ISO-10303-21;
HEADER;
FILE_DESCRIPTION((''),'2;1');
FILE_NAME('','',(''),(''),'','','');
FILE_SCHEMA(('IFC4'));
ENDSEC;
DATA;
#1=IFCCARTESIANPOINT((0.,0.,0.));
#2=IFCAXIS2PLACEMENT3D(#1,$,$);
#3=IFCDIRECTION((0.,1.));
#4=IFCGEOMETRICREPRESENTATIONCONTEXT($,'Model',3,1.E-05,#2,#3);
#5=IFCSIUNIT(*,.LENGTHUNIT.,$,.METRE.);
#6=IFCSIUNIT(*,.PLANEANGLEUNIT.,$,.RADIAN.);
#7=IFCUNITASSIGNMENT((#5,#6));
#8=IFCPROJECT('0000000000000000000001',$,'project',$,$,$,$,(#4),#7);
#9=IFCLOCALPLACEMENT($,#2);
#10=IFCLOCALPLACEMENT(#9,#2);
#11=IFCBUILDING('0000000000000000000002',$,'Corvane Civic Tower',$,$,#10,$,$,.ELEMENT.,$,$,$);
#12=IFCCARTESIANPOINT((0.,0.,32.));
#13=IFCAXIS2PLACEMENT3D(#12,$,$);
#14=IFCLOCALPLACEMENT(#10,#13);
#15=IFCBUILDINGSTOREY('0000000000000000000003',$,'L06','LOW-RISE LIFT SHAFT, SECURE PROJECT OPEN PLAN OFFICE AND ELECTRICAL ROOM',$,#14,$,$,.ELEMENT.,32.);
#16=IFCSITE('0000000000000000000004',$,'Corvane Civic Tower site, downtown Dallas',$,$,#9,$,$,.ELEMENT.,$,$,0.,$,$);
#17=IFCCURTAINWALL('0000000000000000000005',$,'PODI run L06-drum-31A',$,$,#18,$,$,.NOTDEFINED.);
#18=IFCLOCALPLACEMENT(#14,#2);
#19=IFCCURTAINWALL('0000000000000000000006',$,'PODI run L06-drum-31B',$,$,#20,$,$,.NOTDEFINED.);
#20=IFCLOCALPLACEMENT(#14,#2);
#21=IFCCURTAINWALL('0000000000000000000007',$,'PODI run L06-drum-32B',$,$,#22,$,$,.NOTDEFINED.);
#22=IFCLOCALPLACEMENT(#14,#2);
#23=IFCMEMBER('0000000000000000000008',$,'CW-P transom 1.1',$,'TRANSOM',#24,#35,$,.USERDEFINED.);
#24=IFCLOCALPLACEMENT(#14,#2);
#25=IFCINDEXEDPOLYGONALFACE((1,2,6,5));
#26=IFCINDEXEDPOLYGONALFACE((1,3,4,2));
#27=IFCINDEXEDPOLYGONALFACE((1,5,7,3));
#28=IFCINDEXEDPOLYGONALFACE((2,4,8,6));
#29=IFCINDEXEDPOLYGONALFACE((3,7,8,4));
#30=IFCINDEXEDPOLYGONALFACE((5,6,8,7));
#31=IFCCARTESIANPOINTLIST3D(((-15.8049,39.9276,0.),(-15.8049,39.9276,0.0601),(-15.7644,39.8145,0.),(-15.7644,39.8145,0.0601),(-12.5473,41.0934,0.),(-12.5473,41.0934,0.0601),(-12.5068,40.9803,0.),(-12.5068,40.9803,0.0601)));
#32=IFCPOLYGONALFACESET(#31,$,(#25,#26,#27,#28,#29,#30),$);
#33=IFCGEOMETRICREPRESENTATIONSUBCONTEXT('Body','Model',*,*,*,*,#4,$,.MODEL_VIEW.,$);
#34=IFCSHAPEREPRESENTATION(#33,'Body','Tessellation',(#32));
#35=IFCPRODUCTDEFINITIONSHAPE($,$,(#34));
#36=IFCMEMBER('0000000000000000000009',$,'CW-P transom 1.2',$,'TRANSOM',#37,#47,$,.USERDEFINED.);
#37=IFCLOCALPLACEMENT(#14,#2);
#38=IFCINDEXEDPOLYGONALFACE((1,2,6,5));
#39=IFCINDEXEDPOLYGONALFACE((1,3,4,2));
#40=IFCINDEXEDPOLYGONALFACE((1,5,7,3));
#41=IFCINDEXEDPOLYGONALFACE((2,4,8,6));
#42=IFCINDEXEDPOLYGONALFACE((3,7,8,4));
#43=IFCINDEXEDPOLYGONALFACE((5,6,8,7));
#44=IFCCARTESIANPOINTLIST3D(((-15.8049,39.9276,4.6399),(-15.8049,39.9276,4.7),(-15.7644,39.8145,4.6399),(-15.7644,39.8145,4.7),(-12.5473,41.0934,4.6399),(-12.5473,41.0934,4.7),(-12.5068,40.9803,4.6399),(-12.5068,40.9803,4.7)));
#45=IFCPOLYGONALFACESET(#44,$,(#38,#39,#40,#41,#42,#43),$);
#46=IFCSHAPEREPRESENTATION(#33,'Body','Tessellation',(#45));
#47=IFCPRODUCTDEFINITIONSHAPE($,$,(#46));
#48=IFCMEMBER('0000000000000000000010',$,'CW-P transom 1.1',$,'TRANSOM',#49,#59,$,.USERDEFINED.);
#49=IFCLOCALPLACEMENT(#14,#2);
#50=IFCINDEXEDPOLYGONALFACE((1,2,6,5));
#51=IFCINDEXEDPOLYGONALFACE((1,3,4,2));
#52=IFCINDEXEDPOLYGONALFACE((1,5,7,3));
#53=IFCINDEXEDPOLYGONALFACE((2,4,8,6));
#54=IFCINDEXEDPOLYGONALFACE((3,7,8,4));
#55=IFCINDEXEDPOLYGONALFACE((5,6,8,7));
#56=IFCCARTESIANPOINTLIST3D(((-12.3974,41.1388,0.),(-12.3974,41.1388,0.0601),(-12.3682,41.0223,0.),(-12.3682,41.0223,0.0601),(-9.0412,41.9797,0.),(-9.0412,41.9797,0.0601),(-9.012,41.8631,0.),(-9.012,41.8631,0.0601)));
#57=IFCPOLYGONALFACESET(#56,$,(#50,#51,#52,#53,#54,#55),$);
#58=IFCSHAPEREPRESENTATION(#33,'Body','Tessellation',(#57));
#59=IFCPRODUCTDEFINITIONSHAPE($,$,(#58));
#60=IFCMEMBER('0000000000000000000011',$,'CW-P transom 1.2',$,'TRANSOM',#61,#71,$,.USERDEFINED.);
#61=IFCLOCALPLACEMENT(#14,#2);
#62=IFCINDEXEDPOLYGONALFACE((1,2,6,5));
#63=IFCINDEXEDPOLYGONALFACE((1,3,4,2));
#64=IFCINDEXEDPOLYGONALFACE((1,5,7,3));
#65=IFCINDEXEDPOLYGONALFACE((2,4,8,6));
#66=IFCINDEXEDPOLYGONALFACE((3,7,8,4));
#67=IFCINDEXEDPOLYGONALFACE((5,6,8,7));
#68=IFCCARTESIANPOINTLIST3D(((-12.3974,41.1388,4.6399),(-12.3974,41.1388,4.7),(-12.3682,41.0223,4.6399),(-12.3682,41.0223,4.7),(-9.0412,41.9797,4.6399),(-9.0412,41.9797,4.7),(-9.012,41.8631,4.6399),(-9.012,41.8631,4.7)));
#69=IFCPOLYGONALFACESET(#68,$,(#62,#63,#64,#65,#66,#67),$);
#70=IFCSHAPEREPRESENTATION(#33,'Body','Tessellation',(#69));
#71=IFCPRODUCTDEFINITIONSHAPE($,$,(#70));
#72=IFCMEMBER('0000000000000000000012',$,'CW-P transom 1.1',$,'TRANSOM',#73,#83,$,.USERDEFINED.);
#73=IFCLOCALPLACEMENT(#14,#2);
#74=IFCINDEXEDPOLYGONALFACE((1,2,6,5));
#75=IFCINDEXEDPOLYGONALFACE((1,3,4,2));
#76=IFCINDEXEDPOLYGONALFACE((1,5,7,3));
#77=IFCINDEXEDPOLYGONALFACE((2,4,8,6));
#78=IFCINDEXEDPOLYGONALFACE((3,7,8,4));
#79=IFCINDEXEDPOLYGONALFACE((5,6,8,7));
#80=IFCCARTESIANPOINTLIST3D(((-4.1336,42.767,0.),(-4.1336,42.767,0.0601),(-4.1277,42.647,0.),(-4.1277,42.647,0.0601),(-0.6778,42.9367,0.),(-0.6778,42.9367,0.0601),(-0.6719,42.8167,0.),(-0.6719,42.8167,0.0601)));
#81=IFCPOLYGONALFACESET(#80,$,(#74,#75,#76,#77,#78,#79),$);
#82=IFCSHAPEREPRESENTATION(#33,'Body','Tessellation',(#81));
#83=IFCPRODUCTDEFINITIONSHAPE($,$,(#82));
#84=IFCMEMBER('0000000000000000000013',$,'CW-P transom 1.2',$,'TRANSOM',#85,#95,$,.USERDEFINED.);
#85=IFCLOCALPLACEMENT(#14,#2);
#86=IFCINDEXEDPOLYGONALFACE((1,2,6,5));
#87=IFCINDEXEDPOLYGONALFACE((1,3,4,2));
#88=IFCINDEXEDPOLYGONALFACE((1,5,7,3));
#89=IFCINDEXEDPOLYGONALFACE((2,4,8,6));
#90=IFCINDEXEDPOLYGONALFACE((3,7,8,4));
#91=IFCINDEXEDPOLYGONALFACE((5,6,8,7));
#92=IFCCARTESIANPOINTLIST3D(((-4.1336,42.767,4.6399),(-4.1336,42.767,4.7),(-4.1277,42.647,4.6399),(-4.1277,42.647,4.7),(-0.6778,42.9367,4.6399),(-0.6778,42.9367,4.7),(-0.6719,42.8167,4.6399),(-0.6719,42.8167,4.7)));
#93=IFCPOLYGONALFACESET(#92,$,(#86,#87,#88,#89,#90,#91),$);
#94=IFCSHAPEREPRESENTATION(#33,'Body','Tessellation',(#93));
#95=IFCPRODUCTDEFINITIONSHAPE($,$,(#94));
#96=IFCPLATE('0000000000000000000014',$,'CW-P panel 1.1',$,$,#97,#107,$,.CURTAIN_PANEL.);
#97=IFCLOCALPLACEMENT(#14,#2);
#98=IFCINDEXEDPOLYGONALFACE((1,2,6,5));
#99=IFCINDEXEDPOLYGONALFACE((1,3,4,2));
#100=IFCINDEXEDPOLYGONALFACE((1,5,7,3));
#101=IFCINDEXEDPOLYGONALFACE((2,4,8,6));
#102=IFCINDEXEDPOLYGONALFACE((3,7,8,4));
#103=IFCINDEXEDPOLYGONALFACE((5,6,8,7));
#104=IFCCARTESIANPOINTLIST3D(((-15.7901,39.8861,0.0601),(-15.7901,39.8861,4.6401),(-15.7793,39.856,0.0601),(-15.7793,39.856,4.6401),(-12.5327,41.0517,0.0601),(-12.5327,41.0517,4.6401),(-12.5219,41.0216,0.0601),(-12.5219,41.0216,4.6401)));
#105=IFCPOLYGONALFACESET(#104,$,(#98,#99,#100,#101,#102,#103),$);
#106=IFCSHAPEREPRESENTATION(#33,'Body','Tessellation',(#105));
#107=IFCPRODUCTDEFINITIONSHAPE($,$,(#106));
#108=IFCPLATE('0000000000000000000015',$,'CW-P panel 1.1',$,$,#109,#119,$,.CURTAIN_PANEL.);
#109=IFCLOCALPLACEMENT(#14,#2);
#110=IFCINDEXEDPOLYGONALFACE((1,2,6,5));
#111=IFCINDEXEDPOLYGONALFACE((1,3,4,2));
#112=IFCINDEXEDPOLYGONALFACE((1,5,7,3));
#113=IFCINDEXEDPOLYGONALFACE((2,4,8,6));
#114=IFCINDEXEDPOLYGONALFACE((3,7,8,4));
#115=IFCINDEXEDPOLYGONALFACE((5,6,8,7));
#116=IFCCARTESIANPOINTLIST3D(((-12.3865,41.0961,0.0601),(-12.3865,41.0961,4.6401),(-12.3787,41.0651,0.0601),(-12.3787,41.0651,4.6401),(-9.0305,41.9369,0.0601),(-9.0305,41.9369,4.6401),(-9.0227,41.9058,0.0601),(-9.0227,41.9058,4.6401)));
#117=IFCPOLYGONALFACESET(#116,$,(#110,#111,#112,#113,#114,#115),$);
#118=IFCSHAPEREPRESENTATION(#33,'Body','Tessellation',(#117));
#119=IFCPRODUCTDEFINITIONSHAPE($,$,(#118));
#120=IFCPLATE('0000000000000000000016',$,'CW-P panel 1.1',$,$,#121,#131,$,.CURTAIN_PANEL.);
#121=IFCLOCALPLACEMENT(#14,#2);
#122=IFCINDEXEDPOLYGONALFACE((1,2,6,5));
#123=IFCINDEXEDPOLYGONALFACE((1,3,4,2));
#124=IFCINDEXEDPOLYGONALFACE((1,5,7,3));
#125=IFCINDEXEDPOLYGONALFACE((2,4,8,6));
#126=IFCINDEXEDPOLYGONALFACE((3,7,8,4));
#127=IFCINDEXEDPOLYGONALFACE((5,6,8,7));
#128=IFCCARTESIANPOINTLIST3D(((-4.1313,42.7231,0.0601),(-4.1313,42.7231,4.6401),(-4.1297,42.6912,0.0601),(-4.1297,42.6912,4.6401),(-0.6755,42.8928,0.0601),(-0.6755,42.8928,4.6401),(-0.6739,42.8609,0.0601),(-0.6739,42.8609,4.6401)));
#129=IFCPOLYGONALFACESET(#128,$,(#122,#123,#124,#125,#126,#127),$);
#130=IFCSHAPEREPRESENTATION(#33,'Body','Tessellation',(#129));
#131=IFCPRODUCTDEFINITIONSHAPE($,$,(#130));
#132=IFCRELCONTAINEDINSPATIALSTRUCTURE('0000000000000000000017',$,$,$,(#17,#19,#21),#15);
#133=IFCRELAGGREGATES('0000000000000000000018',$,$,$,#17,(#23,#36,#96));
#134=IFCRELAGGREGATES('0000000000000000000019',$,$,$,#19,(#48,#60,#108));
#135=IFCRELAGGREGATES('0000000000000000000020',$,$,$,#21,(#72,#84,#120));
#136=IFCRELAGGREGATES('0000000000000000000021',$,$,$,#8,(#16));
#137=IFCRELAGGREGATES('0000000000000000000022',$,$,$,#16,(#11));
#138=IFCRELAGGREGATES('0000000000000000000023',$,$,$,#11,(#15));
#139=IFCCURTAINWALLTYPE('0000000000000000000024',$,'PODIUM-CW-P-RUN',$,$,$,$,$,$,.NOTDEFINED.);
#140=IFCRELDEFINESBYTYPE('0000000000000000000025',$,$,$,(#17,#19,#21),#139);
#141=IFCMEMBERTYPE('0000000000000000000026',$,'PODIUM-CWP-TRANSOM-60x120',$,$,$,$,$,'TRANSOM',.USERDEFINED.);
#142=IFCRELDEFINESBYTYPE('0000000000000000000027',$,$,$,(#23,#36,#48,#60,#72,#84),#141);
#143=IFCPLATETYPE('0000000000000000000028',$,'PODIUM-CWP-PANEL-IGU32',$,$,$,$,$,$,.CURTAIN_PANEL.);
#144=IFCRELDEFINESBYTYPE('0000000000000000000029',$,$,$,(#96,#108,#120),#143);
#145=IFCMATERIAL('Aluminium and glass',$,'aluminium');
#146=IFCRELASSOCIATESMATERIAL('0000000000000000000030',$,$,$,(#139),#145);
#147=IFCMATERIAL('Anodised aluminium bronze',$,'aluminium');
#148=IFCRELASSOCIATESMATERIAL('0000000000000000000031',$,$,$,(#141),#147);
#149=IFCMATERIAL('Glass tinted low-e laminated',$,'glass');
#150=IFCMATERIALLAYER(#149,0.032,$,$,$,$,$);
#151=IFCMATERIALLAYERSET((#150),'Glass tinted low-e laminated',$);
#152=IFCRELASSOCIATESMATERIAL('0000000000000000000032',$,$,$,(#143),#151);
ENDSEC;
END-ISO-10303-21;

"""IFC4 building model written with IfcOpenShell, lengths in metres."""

from ifc_helpers import new_model, si_unit, direction, frame, origin, origin_2d, place, context, subcontext, project, spatial, rectangle, extrude, material, layer, layer_set, material_profile, profile_set, type_object, element, aggregate, save


model = new_model("IFC4")

# Units and contexts
model_context = context("Model", 3, precision=1e-05, world=origin(), true_north=direction((0.0, 1.0)))
body_context = subcontext(model_context, "Body", "Model", "MODEL_VIEW")
ifc_project = project(units=[si_unit("LENGTHUNIT", "METRE"), si_unit("PLANEANGLEUNIT", "RADIAN")], contexts=[model_context])

# Site, building, storey
site_placement = place(None, origin())
site = spatial("IfcSite", under=ifc_project, at=site_placement, Name="Corvane Civic Tower site, downtown Dallas", CompositionType="ELEMENT", RefElevation=0.0)
building_placement = place(site_placement, origin())
building = spatial("IfcBuilding", under=site, at=building_placement, Name="Corvane Civic Tower", CompositionType="ELEMENT")
storey_placement = place(building_placement, frame((0.0, 0.0, 32.0)))
storey = spatial("IfcBuildingStorey", under=building, at=storey_placement, Name="L06", Description="LOW-RISE LIFT SHAFT, SECURE PROJECT OPEN PLAN OFFICE AND ELECTRICAL ROOM", CompositionType="ELEMENT", Elevation=32.0)

# Curtain wall
ifc_material_1 = material(Name="Aluminium and glass", Category="aluminium")
curtain_wall_type = type_object("IfcCurtainWallType", Name="PODIUM-CW-P-RUN", PredefinedType="NOTDEFINED", material=ifc_material_1)
curtain_wall_1_placement = place(storey_placement, origin())
curtain_wall_1 = element("IfcCurtainWall", 1, at=curtain_wall_1_placement, inside=storey, type_object=curtain_wall_type, Name="PODI run L06-drum-31A", PredefinedType="NOTDEFINED")

# Curtain walls
curtain_wall_2_placement = place(storey_placement, origin())
curtain_wall_2 = element("IfcCurtainWall", 2, at=curtain_wall_2_placement, inside=storey, type_object=curtain_wall_type, Name="PODI run L06-drum-31B", PredefinedType="NOTDEFINED")
curtain_wall_3_placement = place(storey_placement, origin())
curtain_wall_3 = element("IfcCurtainWall", 3, at=curtain_wall_3_placement, inside=storey, type_object=curtain_wall_type, Name="PODI run L06-drum-32B", PredefinedType="NOTDEFINED")

# Members
ifc_material_2 = material(Name="Anodised aluminium bronze", Category="aluminium")
ifc_material_profile_1 = material_profile(ifc_material_2, rectangle(XDim=0.1201, YDim=0.0601, at=origin_2d()), Name="AL 120x60")
ifc_profile_set_1 = profile_set([ifc_material_profile_1], Name="Anodised aluminium bronze")
member_type_1 = type_object("IfcMemberType", Name="PODIUM-CWP-TRANSOM-60x120", ElementType="TRANSOM", PredefinedType="USERDEFINED", material=ifc_profile_set_1)
member_1_placement = place(storey_placement, frame((-15.7847, 39.8711, 0.03), z_axis=(0.941526, 0.33694, 0.0), x_axis=(-0.33694, 0.941526, 0.0)))
member_1 = element("IfcMember", 4, at=member_1_placement, type_object=member_type_1, Name="CW-P transom 1.1", ObjectType="TRANSOM", PredefinedType="USERDEFINED", context=body_context, shape_type="SweptSolid", body=[
    extrude(rectangle(XDim=0.1201, YDim=0.0601, at=origin_2d()), origin(), (0.0, 0.0, 1.0), 3.46),
])
member_2_placement = place(storey_placement, frame((-15.7847, 39.8711, 4.6699), z_axis=(0.941526, 0.33694, 0.0), x_axis=(-0.33694, 0.941526, 0.0)))
member_2 = element("IfcMember", 5, at=member_2_placement, type_object=member_type_1, Name="CW-P transom 1.2", ObjectType="TRANSOM", PredefinedType="USERDEFINED", context=body_context, shape_type="SweptSolid", body=[
    extrude(rectangle(XDim=0.1201, YDim=0.0601, at=origin_2d()), origin(), (0.0, 0.0, 1.0), 3.46),
])
member_3_placement = place(storey_placement, frame((-12.3828, 41.0806, 0.03), z_axis=(0.970022, 0.243017, 0.0), x_axis=(-0.243017, 0.970022, 0.0)))
member_3 = element("IfcMember", 6, at=member_3_placement, type_object=member_type_1, Name="CW-P transom 1.1", ObjectType="TRANSOM", PredefinedType="USERDEFINED", context=body_context, shape_type="SweptSolid", body=[
    extrude(rectangle(XDim=0.1201, YDim=0.0601, at=origin_2d()), origin(), (0.0, 0.0, 1.0), 3.46),
])
member_4_placement = place(storey_placement, frame((-12.3828, 41.0806, 4.6699), z_axis=(0.970022, 0.243017, 0.0), x_axis=(-0.243017, 0.970022, 0.0)))
member_4 = element("IfcMember", 7, at=member_4_placement, type_object=member_type_1, Name="CW-P transom 1.2", ObjectType="TRANSOM", PredefinedType="USERDEFINED", context=body_context, shape_type="SweptSolid", body=[
    extrude(rectangle(XDim=0.1201, YDim=0.0601, at=origin_2d()), origin(), (0.0, 0.0, 1.0), 3.46),
])
member_5_placement = place(storey_placement, frame((-4.1306, 42.707, 0.03), z_axis=(0.998797, 0.04904, 0.0), x_axis=(-0.04904, 0.998797, 0.0)))
member_5 = element("IfcMember", 8, at=member_5_placement, type_object=member_type_1, Name="CW-P transom 1.1", ObjectType="TRANSOM", PredefinedType="USERDEFINED", context=body_context, shape_type="SweptSolid", body=[
    extrude(rectangle(XDim=0.1201, YDim=0.0601, at=origin_2d()), origin(), (0.0, 0.0, 1.0), 3.46),
])
member_6_placement = place(storey_placement, frame((-4.1306, 42.707, 4.6699), z_axis=(0.998797, 0.04904, 0.0), x_axis=(-0.04904, 0.998797, 0.0)))
member_6 = element("IfcMember", 9, at=member_6_placement, type_object=member_type_1, Name="CW-P transom 1.2", ObjectType="TRANSOM", PredefinedType="USERDEFINED", context=body_context, shape_type="SweptSolid", body=[
    extrude(rectangle(XDim=0.1201, YDim=0.0601, at=origin_2d()), origin(), (0.0, 0.0, 1.0), 3.46),
])

# Plates
ifc_material_3 = material(Name="Glass tinted low-e laminated", Category="glass")
ifc_layer_1 = layer(ifc_material_3, 0.032)
ifc_layer_set_1 = layer_set([ifc_layer_1], Name="Glass tinted low-e laminated")
plate_type = type_object("IfcPlateType", Name="PODIUM-CWP-PANEL-IGU32", PredefinedType="CURTAIN_PANEL", material=ifc_layer_set_1)
plate_1_placement = place(storey_placement, frame((-14.156, 40.4539, 0.0601), z_axis=(0.0, 0.0, 1.0), x_axis=(0.941534, 0.336919, 0.0)))
plate_1 = element("IfcPlate", 10, at=plate_1_placement, type_object=plate_type, Name="CW-P panel 1.1", PredefinedType="CURTAIN_PANEL", context=body_context, shape_type="SweptSolid", body=[
    extrude(rectangle(XDim=3.4597, YDim=0.032, at=origin_2d()), origin(), (0.0, 0.0, 1.0), 4.5801),
])
aggregate(curtain_wall_1, [member_1, member_2, plate_1])
plate_2_placement = place(storey_placement, frame((-10.7046, 41.501, 0.0601), z_axis=(0.0, 0.0, 1.0), x_axis=(0.970024, 0.243009, 0.0)))
plate_2 = element("IfcPlate", 11, at=plate_2_placement, type_object=plate_type, Name="CW-P panel 1.1", PredefinedType="CURTAIN_PANEL", context=body_context, shape_type="SweptSolid", body=[
    extrude(rectangle(XDim=3.4597, YDim=0.032, at=origin_2d()), origin(), (0.0, 0.0, 1.0), 4.5801),
])
aggregate(curtain_wall_2, [member_3, member_4, plate_2])
plate_3_placement = place(storey_placement, frame((-2.4026, 42.792, 0.0601), z_axis=(0.0, 0.0, 1.0), x_axis=(0.998796, 0.04905, 0.0)))
plate_3 = element("IfcPlate", 12, at=plate_3_placement, type_object=plate_type, Name="CW-P panel 1.1", PredefinedType="CURTAIN_PANEL", context=body_context, shape_type="SweptSolid", body=[
    extrude(rectangle(XDim=3.46, YDim=0.032, at=origin_2d()), origin(), (0.0, 0.0, 1.0), 4.5801),
])
aggregate(curtain_wall_3, [member_5, member_6, plate_3])

save(model, "model.ifc")
